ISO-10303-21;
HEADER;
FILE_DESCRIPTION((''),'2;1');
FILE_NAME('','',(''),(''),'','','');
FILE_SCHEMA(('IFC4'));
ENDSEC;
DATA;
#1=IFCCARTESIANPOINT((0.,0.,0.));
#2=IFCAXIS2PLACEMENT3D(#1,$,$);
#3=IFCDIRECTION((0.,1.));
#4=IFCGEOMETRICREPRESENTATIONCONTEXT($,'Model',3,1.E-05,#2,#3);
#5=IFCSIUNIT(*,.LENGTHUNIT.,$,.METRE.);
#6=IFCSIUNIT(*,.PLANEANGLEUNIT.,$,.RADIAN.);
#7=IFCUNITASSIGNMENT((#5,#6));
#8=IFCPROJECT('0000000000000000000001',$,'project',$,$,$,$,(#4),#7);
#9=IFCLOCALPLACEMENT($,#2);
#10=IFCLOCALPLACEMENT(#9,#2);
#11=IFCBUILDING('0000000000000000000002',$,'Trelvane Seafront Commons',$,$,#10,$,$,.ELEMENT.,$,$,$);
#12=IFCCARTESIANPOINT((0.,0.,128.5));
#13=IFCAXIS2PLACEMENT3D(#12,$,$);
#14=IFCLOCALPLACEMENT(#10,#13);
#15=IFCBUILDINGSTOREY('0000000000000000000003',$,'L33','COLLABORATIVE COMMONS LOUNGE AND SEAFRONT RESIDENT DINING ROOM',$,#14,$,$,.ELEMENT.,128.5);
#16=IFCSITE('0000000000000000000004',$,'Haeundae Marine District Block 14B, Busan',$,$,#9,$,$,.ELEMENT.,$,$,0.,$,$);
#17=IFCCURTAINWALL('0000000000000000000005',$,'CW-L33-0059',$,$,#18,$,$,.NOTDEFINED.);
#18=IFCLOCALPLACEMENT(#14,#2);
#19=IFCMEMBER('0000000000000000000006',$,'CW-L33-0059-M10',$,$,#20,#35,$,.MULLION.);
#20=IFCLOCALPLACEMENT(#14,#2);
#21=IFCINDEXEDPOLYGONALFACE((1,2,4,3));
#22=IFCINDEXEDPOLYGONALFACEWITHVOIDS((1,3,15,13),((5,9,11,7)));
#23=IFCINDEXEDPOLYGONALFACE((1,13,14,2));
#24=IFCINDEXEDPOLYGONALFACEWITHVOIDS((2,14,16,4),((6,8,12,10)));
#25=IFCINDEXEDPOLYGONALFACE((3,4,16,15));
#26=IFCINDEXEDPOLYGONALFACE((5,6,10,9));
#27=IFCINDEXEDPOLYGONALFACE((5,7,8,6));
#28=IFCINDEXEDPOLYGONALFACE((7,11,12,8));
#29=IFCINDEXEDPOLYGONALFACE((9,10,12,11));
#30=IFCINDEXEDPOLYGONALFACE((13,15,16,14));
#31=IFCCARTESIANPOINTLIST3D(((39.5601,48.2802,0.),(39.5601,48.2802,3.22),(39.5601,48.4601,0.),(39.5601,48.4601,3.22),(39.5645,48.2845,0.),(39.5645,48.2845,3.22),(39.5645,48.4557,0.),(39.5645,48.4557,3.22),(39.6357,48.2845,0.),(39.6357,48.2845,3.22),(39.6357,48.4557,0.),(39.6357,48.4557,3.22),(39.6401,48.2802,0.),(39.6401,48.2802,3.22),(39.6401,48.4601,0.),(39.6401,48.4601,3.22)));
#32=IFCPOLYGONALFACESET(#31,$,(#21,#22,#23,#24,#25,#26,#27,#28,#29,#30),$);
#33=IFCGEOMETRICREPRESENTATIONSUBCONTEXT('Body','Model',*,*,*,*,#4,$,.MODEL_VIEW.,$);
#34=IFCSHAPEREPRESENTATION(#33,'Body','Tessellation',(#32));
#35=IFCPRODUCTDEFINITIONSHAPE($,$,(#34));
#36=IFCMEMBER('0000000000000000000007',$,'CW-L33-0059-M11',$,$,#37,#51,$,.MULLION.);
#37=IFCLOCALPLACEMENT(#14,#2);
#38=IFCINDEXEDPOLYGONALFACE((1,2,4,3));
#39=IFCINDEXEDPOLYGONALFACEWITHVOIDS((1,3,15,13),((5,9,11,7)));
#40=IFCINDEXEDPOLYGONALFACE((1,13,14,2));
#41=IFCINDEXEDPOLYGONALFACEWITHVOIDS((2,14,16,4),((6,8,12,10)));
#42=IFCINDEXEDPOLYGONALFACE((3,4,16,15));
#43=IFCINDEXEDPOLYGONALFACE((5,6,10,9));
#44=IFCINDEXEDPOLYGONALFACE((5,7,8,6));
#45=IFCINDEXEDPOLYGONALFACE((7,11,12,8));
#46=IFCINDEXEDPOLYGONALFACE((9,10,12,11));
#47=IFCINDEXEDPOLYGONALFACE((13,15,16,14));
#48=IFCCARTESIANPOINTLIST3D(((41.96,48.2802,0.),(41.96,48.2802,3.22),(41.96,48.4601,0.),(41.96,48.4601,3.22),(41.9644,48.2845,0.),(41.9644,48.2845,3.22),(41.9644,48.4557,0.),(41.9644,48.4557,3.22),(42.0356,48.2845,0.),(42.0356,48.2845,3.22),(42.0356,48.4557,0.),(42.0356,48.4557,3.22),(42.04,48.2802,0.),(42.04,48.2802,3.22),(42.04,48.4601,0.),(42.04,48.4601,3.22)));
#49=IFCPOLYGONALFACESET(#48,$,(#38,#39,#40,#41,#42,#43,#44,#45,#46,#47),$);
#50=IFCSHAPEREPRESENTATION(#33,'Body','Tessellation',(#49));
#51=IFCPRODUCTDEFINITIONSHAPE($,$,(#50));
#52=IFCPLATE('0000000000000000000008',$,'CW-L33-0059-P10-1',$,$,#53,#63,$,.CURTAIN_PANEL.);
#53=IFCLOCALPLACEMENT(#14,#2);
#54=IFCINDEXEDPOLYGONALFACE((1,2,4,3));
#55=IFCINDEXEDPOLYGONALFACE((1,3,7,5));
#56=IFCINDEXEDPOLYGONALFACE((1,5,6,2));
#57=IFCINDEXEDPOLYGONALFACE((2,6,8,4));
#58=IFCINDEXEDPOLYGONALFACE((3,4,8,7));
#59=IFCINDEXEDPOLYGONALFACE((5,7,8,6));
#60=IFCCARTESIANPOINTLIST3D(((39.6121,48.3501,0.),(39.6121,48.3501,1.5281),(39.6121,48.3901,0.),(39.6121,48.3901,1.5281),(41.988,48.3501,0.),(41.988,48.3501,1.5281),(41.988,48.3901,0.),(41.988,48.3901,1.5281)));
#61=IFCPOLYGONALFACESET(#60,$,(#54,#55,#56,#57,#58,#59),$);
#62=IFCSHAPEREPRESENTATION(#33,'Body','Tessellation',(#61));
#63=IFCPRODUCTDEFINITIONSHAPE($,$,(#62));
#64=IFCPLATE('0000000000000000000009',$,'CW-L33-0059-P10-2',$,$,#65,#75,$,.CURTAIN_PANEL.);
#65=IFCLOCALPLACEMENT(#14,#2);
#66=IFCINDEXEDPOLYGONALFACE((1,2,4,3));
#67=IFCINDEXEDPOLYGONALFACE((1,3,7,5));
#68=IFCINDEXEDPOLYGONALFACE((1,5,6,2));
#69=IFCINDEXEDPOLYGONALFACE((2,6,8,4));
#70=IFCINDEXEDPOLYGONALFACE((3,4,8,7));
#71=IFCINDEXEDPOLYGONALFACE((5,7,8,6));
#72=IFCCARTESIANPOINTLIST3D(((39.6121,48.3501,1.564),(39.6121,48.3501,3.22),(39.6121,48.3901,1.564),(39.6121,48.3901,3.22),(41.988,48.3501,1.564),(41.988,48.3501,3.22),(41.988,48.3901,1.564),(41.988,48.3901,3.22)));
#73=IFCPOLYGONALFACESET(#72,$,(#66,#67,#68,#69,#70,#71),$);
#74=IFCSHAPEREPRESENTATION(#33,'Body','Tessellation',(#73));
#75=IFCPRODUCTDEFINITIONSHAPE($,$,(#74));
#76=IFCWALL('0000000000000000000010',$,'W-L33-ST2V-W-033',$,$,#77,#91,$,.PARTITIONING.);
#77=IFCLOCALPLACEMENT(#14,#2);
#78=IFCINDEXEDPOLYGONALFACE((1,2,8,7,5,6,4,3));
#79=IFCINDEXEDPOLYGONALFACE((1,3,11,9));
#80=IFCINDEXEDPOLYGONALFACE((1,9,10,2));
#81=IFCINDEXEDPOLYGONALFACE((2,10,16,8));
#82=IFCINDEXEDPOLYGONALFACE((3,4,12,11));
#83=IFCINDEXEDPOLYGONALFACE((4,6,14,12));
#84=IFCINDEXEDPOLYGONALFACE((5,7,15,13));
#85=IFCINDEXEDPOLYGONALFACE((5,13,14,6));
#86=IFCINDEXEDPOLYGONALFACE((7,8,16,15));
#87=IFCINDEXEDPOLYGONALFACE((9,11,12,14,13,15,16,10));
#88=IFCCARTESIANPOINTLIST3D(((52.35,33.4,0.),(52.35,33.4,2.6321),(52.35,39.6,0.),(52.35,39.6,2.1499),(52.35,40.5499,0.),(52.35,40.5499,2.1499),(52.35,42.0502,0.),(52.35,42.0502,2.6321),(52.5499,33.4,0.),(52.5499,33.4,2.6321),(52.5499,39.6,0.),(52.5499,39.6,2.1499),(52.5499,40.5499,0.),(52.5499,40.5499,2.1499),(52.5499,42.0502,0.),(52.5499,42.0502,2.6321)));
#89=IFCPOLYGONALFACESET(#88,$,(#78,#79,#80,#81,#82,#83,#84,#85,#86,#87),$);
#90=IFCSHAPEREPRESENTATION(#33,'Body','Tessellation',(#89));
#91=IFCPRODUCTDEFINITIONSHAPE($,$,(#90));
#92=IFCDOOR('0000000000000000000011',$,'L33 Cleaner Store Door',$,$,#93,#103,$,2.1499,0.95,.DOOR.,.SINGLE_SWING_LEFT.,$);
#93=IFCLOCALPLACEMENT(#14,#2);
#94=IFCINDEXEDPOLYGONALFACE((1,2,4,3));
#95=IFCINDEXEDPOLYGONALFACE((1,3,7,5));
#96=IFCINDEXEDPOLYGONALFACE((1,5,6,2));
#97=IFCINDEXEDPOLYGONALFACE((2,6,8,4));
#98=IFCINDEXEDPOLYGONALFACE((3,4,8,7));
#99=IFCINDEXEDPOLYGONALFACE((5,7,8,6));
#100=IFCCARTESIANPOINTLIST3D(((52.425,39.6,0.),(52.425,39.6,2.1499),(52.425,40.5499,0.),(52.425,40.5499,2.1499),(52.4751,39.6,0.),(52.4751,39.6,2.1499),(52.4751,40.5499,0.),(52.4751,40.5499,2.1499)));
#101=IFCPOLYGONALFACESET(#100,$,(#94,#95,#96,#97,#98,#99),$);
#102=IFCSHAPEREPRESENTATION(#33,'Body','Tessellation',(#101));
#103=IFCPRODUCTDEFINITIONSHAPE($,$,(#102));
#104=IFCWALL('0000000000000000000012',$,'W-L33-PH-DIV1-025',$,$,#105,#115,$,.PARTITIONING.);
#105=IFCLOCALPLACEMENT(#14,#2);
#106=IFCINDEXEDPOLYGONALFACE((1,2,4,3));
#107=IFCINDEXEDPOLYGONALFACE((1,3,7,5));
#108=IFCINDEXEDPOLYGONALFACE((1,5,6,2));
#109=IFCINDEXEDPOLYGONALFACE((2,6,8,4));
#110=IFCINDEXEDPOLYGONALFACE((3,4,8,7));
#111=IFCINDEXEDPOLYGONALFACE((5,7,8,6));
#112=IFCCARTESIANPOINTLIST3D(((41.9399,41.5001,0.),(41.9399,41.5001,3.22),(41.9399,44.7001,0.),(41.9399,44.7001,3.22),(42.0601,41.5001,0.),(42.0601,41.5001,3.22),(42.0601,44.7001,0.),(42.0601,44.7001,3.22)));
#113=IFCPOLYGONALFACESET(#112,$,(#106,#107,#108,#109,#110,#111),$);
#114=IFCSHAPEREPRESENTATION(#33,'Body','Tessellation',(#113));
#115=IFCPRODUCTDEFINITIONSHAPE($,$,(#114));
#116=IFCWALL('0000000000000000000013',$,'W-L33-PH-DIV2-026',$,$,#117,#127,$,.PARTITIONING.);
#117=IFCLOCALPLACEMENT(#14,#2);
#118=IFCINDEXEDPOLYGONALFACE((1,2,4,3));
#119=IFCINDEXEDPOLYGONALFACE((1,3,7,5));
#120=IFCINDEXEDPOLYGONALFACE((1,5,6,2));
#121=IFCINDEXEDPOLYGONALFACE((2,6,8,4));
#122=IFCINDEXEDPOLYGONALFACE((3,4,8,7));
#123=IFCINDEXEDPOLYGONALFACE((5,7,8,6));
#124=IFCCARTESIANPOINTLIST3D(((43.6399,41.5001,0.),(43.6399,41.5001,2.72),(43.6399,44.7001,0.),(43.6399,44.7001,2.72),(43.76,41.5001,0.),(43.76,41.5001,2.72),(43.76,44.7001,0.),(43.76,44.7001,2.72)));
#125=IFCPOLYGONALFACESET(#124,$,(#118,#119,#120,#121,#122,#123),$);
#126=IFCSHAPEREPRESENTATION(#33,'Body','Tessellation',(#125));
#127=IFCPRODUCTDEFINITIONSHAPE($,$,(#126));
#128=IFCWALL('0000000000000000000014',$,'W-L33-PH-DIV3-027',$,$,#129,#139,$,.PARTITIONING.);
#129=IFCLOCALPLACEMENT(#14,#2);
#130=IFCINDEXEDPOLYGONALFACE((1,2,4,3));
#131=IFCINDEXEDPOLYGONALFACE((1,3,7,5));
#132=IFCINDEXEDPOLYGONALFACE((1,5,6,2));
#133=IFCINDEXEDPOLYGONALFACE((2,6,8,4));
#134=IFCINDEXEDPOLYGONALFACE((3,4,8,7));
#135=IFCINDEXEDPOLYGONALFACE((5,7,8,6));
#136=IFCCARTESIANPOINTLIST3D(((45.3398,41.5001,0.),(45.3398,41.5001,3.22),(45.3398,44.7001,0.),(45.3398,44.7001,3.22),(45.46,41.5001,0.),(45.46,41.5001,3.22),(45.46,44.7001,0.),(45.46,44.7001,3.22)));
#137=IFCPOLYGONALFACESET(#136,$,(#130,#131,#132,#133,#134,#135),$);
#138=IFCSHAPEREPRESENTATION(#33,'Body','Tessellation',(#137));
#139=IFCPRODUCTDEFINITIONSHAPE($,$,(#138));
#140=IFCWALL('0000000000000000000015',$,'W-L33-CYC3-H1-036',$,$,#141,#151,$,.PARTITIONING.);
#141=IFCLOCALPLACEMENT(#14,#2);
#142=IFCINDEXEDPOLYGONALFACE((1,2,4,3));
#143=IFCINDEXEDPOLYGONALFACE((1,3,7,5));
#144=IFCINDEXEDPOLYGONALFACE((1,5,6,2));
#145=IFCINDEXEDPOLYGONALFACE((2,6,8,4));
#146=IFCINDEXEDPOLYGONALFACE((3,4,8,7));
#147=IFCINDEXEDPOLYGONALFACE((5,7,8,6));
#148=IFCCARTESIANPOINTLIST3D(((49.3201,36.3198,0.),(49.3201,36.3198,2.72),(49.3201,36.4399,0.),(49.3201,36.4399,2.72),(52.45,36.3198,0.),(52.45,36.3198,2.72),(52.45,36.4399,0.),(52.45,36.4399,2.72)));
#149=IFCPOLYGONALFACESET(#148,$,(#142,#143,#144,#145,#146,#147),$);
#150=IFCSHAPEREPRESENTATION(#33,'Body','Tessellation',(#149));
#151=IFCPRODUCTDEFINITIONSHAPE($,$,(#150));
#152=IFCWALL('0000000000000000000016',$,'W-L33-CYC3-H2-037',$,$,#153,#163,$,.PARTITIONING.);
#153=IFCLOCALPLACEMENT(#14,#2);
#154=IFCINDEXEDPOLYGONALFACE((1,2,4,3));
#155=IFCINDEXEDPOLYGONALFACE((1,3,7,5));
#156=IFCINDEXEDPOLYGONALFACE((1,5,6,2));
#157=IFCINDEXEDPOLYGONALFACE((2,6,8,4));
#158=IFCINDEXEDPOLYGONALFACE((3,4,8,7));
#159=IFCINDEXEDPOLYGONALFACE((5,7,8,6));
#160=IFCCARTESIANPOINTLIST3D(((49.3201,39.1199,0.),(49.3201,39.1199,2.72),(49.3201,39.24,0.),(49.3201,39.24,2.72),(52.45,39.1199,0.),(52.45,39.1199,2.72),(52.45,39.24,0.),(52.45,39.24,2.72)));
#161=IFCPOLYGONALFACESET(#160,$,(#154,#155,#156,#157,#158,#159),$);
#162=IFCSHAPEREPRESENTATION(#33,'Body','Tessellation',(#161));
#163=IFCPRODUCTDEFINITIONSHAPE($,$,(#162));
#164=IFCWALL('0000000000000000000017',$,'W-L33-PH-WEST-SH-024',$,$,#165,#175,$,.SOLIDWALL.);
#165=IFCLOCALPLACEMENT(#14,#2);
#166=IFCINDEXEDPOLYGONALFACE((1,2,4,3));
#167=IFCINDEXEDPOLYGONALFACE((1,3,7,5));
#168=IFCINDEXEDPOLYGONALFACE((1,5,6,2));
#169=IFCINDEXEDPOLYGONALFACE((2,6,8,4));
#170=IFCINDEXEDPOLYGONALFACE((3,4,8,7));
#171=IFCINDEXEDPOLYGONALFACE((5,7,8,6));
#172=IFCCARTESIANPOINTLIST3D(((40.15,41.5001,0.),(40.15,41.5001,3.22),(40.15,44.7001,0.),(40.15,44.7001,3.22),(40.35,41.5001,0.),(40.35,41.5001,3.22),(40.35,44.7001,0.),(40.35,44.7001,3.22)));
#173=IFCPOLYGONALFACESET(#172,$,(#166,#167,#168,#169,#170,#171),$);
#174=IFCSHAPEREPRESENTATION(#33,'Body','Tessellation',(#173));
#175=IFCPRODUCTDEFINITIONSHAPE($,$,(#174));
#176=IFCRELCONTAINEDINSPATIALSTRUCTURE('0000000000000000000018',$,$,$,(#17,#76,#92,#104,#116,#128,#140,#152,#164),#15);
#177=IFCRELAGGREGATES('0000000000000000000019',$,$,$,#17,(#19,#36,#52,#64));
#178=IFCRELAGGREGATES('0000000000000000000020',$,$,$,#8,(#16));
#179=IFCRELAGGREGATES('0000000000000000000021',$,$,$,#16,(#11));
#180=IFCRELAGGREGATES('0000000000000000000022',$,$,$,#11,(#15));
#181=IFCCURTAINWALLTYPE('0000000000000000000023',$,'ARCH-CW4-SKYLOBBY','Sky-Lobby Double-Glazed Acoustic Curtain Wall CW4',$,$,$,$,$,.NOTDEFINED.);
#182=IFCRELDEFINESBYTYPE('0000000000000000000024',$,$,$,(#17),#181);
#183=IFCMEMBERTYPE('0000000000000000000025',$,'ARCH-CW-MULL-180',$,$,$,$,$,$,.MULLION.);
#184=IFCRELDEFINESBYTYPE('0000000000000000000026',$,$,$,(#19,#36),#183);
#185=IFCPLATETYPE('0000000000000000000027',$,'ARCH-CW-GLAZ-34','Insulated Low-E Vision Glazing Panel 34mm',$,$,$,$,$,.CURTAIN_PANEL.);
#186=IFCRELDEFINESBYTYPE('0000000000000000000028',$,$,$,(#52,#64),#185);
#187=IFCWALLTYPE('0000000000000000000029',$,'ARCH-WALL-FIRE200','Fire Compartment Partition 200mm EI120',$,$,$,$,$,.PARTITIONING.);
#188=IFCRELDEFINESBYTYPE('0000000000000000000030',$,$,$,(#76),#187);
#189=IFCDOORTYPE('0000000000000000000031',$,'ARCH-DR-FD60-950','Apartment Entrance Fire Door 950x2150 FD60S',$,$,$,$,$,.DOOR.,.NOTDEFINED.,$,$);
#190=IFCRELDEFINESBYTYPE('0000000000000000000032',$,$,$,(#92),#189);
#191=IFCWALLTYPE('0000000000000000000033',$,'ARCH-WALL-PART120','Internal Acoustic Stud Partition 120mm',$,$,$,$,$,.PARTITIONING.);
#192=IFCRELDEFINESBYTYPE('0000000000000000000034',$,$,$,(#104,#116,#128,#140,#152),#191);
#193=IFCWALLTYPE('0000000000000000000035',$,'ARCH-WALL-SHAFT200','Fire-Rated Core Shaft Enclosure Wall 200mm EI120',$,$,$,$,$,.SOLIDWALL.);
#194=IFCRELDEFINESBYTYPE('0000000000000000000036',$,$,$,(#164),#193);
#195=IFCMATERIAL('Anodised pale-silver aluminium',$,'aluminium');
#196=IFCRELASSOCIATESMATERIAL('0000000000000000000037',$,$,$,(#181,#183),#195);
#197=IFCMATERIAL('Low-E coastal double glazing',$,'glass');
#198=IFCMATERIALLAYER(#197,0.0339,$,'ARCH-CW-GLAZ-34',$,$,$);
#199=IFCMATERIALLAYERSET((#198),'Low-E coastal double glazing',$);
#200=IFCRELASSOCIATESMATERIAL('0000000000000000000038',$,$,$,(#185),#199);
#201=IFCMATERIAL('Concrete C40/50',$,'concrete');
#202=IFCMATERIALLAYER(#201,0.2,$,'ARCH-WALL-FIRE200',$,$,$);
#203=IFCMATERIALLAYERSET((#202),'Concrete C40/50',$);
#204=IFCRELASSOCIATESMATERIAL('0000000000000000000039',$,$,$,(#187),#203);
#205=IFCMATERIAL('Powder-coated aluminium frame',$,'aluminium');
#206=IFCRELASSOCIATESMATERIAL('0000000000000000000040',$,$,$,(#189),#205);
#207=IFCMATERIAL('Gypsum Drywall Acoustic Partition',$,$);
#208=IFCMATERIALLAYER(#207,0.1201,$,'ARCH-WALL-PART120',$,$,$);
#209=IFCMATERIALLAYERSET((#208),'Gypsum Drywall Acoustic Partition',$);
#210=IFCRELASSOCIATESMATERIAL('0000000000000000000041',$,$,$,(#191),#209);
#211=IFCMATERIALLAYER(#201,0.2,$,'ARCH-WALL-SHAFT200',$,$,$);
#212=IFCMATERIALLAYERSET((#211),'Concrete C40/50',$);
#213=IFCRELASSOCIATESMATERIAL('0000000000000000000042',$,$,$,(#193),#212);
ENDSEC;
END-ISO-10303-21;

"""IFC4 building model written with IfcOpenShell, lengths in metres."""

from ifc_helpers import new_model, si_unit, direction, frame, frame_2d, origin, origin_2d, place, context, subcontext, project, spatial, rectangle, hollow_rectangle, extrude, source, transform, mapped, material, layer, layer_set, material_profile, profile_set, type_object, element, fill, aggregate, save


model = new_model("IFC4")

# Units and contexts
model_context = context("Model", 3, precision=1e-05, world=origin(), true_north=direction((0.0, 1.0)))
body_context = subcontext(model_context, "Body", "Model", "MODEL_VIEW")
ifc_project = project(units=[si_unit("LENGTHUNIT", "METRE"), si_unit("PLANEANGLEUNIT", "RADIAN")], contexts=[model_context])

# Site, building, storey
site_placement = place(None, origin())
site = spatial("IfcSite", under=ifc_project, at=site_placement, Name="Haeundae Marine District Block 14B, Busan", CompositionType="ELEMENT", RefElevation=0.0)
building_placement = place(site_placement, origin())
building = spatial("IfcBuilding", under=site, at=building_placement, Name="Trelvane Seafront Commons", CompositionType="ELEMENT")
storey_placement = place(building_placement, frame((0.0, 0.0, 128.5)))
storey = spatial("IfcBuildingStorey", under=building, at=storey_placement, Name="L33", Description="COLLABORATIVE COMMONS LOUNGE AND SEAFRONT RESIDENT DINING ROOM", CompositionType="ELEMENT", Elevation=128.5)

# Curtain wall, members, plates
ifc_material_1 = material(Name="Anodised pale-silver aluminium", Category="aluminium")
curtain_wall_type = type_object("IfcCurtainWallType", Name="ARCH-CW4-SKYLOBBY", Description="Sky-Lobby Double-Glazed Acoustic Curtain Wall CW4", PredefinedType="NOTDEFINED", material=ifc_material_1)
curtain_wall_placement = place(storey_placement, origin())
curtain_wall = element("IfcCurtainWall", 1, at=curtain_wall_placement, inside=storey, type_object=curtain_wall_type, Name="CW-L33-0059", PredefinedType="NOTDEFINED")
ifc_material_profile_1 = material_profile(ifc_material_1, hollow_rectangle(XDim=0.0801, YDim=0.1799, WallThickness=0.0044, at=origin_2d()), Name="MULL-80x180x4.5")
ifc_profile_set_1 = profile_set([ifc_material_profile_1], Name="Anodised pale-silver aluminium")
member_type_1 = type_object("IfcMemberType", Name="ARCH-CW-MULL-180", PredefinedType="MULLION", material=ifc_profile_set_1)
shared_shape_1 = source(origin(), body_context, "Body", "SweptSolid", [
    extrude(hollow_rectangle(XDim=0.0801, YDim=0.1799, WallThickness=0.0044, at=origin_2d()), origin(), (0.0, 0.0, 1.0), 3.22),
])
member_1_placement = place(storey_placement, frame((39.6001, 48.3701, 0.0), z_axis=(0.0, 0.0, 1.0), x_axis=(1.0, 0.0, 0.0)))
member_1 = element("IfcMember", 2, at=member_1_placement, type_object=member_type_1, Name="CW-L33-0059-M10", PredefinedType="MULLION", context=body_context, shape_type="MappedRepresentation", body=[
    mapped(shared_shape_1, transform((0.0, 0.0, 0.0), x_axis=(1.0, 0.0, 0.0), y_axis=(0.0, 1.0, 0.0), z_axis=(0.0, 0.0, 1.0), scale=1.0)),
])
member_2_placement = place(storey_placement, frame((42.0, 48.3701, 0.0), z_axis=(0.0, 0.0, 1.0), x_axis=(1.0, 0.0, 0.0)))
member_2 = element("IfcMember", 3, at=member_2_placement, type_object=member_type_1, Name="CW-L33-0059-M11", PredefinedType="MULLION", context=body_context, shape_type="MappedRepresentation", body=[
    mapped(shared_shape_1, transform((0.0, 0.0, 0.0), x_axis=(1.0, 0.0, 0.0), y_axis=(0.0, 1.0, 0.0), z_axis=(0.0, 0.0, 1.0), scale=1.0)),
])
ifc_material_2 = material(Name="Low-E coastal double glazing", Category="glass")
ifc_layer_1 = layer(ifc_material_2, 0.0339, Name="ARCH-CW-GLAZ-34")
ifc_layer_set_1 = layer_set([ifc_layer_1], Name="Low-E coastal double glazing")
plate_type = type_object("IfcPlateType", Name="ARCH-CW-GLAZ-34", Description="Insulated Low-E Vision Glazing Panel 34mm", PredefinedType="CURTAIN_PANEL", material=ifc_layer_set_1)
shared_shape_2 = source(origin(), body_context, "Body", "SweptSolid", [
    extrude(rectangle(XDim=2.376, YDim=0.04, at=origin_2d()), origin(), (0.0, 0.0, 1.0), 1.5281),
])
plate_1_placement = place(storey_placement, frame((40.8, 48.3701, 0.0), z_axis=(0.0, 0.0, 1.0), x_axis=(1.0, 0.0, 0.0)))
plate_1 = element("IfcPlate", 4, at=plate_1_placement, type_object=plate_type, Name="CW-L33-0059-P10-1", PredefinedType="CURTAIN_PANEL", context=body_context, shape_type="MappedRepresentation", body=[
    mapped(shared_shape_2, transform((0.0, 0.0, 0.0), x_axis=(1.0, 0.0, 0.0), y_axis=(0.0, 1.0, 0.0), z_axis=(0.0, 0.0, 1.0), scale=1.0)),
])
shared_shape_3 = source(origin(), body_context, "Body", "SweptSolid", [
    extrude(rectangle(XDim=2.376, YDim=0.04, at=origin_2d()), origin(), (0.0, 0.0, 1.0), 1.656),
])
plate_2_placement = place(storey_placement, frame((40.8, 48.3701, 1.564), z_axis=(0.0, 0.0, 1.0), x_axis=(1.0, 0.0, 0.0)))
plate_2 = element("IfcPlate", 5, at=plate_2_placement, type_object=plate_type, Name="CW-L33-0059-P10-2", PredefinedType="CURTAIN_PANEL", context=body_context, shape_type="MappedRepresentation", body=[
    mapped(shared_shape_3, transform((0.0, 0.0, 0.0), x_axis=(1.0, 0.0, 0.0), y_axis=(0.0, 1.0, 0.0), z_axis=(0.0, 0.0, 1.0), scale=1.0)),
])
aggregate(curtain_wall, [member_1, member_2, plate_1, plate_2])

# Wall, opening, door
ifc_material_3 = material(Name="Concrete C40/50", Category="concrete")
ifc_layer_2 = layer(ifc_material_3, 0.2, Name="ARCH-WALL-FIRE200")
ifc_layer_set_2 = layer_set([ifc_layer_2], Name="Concrete C40/50")
wall_type_1 = type_object("IfcWallType", Name="ARCH-WALL-FIRE200", Description="Fire Compartment Partition 200mm EI120", PredefinedType="PARTITIONING", material=ifc_layer_set_2)
wall_1_placement = place(storey_placement, frame((52.45, 33.3999, 0.0), z_axis=(0.0, 0.0, 1.0), x_axis=(0.0, 1.0, 0.0)))
wall_1 = element("IfcWall", 6, at=wall_1_placement, inside=storey, type_object=wall_type_1, Name="W-L33-ST2V-W-033", PredefinedType="PARTITIONING", context=body_context, shape_type="SweptSolid", body=[
    extrude(rectangle(XDim=8.6501, YDim=0.2, at=frame_2d((4.3252, 0.0))), origin(), (0.0, 0.0, 1.0), 2.6321),
])
opening_1_placement = place(wall_1_placement, frame((6.2, 0.0, 0.0)))
opening_1 = element("IfcOpeningElement", 7, at=opening_1_placement, cuts=wall_1, PredefinedType="OPENING", context=body_context, shape_type="SweptSolid", body=[
    extrude(rectangle(XDim=0.95, YDim=2.1499, at=frame_2d((0.4751, 1.075))), frame((0.0, 0.1099, 0.0), z_axis=(0.0, -1.0, 0.0), x_axis=(1.0, 0.0, 0.0)), (0.0, 0.0, 1.0), 0.22),
])
ifc_material_4 = material(Name="Powder-coated aluminium frame", Category="aluminium")
door_type_1 = type_object("IfcDoorType", Name="ARCH-DR-FD60-950", Description="Apartment Entrance Fire Door 950x2150 FD60S", OperationType="NOTDEFINED", PredefinedType="DOOR", material=ifc_material_4)
shared_shape_4 = source(origin(), body_context, "Body", "SweptSolid", [
    extrude(rectangle(XDim=0.95, YDim=2.1499, at=frame_2d((0.4751, 1.075))), frame((0.0, 0.0249, 0.0), z_axis=(0.0, -1.0, 0.0), x_axis=(1.0, 0.0, 0.0)), (0.0, 0.0, 1.0), 0.05),
])
door_1_placement = place(opening_1_placement, origin())
door_1 = element("IfcDoor", 8, at=door_1_placement, inside=storey, type_object=door_type_1, Name="L33 Cleaner Store Door", OperationType="SINGLE_SWING_LEFT", OverallHeight=2.1499, OverallWidth=0.95, PredefinedType="DOOR", context=body_context, shape_type="MappedRepresentation", body=[
    mapped(shared_shape_4, transform((0.0, 0.0, 0.0), x_axis=(1.0, 0.0, 0.0), y_axis=(0.0, 1.0, 0.0), z_axis=(0.0, 0.0, 1.0), scale=1.0)),
])
fill(opening_1, door_1)

# Walls
ifc_material_5 = material(Name="Gypsum Drywall Acoustic Partition")
ifc_layer_3 = layer(ifc_material_5, 0.1201, Name="ARCH-WALL-PART120")
ifc_layer_set_3 = layer_set([ifc_layer_3], Name="Gypsum Drywall Acoustic Partition")
wall_type_2 = type_object("IfcWallType", Name="ARCH-WALL-PART120", Description="Internal Acoustic Stud Partition 120mm", PredefinedType="PARTITIONING", material=ifc_layer_set_3)
wall_2_placement = place(storey_placement, frame((42.0, 41.5, 0.0), z_axis=(0.0, 0.0, 1.0), x_axis=(0.0, 1.0, 0.0)))
element("IfcWall", 9, at=wall_2_placement, inside=storey, type_object=wall_type_2, Name="W-L33-PH-DIV1-025", PredefinedType="PARTITIONING", context=body_context, shape_type="SweptSolid", body=[
    extrude(rectangle(XDim=3.2, YDim=0.1201, at=frame_2d((1.6001, 0.0))), origin(), (0.0, 0.0, 1.0), 3.22),
])
wall_3_placement = place(storey_placement, frame((43.7, 41.5, 0.0), z_axis=(0.0, 0.0, 1.0), x_axis=(0.0, 1.0, 0.0)))
element("IfcWall", 10, at=wall_3_placement, inside=storey, type_object=wall_type_2, Name="W-L33-PH-DIV2-026", PredefinedType="PARTITIONING", context=body_context, shape_type="SweptSolid", body=[
    extrude(rectangle(XDim=3.2, YDim=0.1201, at=frame_2d((1.6001, 0.0))), origin(), (0.0, 0.0, 1.0), 2.72),
])
wall_4_placement = place(storey_placement, frame((45.3999, 41.5, 0.0), z_axis=(0.0, 0.0, 1.0), x_axis=(0.0, 1.0, 0.0)))
element("IfcWall", 11, at=wall_4_placement, inside=storey, type_object=wall_type_2, Name="W-L33-PH-DIV3-027", PredefinedType="PARTITIONING", context=body_context, shape_type="SweptSolid", body=[
    extrude(rectangle(XDim=3.2, YDim=0.1201, at=frame_2d((1.6001, 0.0))), origin(), (0.0, 0.0, 1.0), 3.22),
])
for number, where, z_axis, x_axis, name in (
    (12, (49.3201, 36.3799, 0.0), (0.0, 0.0, 1.0), (1.0, 0.0, 0.0), "W-L33-CYC3-H1-036"),
    (13, (49.3201, 39.1799, 0.0), (0.0, 0.0, 1.0), (1.0, 0.0, 0.0), "W-L33-CYC3-H2-037"),
):
    element("IfcWall", number, at=place(storey_placement, frame(where, z_axis=z_axis, x_axis=x_axis)), inside=storey, type_object=wall_type_2, Name=name, PredefinedType="PARTITIONING", context=body_context, shape_type="SweptSolid", body=[
        extrude(rectangle(XDim=3.1299, YDim=0.1201, at=frame_2d((1.5649, 0.0))), origin(), (0.0, 0.0, 1.0), 2.72),
    ])

# Shared definitions
ifc_layer_4 = layer(ifc_material_3, 0.2, Name="ARCH-WALL-SHAFT200")
ifc_layer_set_4 = layer_set([ifc_layer_4], Name="Concrete C40/50")
wall_type_3 = type_object("IfcWallType", Name="ARCH-WALL-SHAFT200", Description="Fire-Rated Core Shaft Enclosure Wall 200mm EI120", PredefinedType="SOLIDWALL", material=ifc_layer_set_4)

# Wall
wall_5_placement = place(storey_placement, frame((40.25, 41.5, 0.0), z_axis=(0.0, 0.0, 1.0), x_axis=(0.0, 1.0, 0.0)))
element("IfcWall", 14, at=wall_5_placement, inside=storey, type_object=wall_type_3, Name="W-L33-PH-WEST-SH-024", PredefinedType="SOLIDWALL", context=body_context, shape_type="SweptSolid", body=[
    extrude(rectangle(XDim=3.2, YDim=0.2, at=frame_2d((1.6001, 0.0))), origin(), (0.0, 0.0, 1.0), 3.22),
])

save(model, "model.ifc")
